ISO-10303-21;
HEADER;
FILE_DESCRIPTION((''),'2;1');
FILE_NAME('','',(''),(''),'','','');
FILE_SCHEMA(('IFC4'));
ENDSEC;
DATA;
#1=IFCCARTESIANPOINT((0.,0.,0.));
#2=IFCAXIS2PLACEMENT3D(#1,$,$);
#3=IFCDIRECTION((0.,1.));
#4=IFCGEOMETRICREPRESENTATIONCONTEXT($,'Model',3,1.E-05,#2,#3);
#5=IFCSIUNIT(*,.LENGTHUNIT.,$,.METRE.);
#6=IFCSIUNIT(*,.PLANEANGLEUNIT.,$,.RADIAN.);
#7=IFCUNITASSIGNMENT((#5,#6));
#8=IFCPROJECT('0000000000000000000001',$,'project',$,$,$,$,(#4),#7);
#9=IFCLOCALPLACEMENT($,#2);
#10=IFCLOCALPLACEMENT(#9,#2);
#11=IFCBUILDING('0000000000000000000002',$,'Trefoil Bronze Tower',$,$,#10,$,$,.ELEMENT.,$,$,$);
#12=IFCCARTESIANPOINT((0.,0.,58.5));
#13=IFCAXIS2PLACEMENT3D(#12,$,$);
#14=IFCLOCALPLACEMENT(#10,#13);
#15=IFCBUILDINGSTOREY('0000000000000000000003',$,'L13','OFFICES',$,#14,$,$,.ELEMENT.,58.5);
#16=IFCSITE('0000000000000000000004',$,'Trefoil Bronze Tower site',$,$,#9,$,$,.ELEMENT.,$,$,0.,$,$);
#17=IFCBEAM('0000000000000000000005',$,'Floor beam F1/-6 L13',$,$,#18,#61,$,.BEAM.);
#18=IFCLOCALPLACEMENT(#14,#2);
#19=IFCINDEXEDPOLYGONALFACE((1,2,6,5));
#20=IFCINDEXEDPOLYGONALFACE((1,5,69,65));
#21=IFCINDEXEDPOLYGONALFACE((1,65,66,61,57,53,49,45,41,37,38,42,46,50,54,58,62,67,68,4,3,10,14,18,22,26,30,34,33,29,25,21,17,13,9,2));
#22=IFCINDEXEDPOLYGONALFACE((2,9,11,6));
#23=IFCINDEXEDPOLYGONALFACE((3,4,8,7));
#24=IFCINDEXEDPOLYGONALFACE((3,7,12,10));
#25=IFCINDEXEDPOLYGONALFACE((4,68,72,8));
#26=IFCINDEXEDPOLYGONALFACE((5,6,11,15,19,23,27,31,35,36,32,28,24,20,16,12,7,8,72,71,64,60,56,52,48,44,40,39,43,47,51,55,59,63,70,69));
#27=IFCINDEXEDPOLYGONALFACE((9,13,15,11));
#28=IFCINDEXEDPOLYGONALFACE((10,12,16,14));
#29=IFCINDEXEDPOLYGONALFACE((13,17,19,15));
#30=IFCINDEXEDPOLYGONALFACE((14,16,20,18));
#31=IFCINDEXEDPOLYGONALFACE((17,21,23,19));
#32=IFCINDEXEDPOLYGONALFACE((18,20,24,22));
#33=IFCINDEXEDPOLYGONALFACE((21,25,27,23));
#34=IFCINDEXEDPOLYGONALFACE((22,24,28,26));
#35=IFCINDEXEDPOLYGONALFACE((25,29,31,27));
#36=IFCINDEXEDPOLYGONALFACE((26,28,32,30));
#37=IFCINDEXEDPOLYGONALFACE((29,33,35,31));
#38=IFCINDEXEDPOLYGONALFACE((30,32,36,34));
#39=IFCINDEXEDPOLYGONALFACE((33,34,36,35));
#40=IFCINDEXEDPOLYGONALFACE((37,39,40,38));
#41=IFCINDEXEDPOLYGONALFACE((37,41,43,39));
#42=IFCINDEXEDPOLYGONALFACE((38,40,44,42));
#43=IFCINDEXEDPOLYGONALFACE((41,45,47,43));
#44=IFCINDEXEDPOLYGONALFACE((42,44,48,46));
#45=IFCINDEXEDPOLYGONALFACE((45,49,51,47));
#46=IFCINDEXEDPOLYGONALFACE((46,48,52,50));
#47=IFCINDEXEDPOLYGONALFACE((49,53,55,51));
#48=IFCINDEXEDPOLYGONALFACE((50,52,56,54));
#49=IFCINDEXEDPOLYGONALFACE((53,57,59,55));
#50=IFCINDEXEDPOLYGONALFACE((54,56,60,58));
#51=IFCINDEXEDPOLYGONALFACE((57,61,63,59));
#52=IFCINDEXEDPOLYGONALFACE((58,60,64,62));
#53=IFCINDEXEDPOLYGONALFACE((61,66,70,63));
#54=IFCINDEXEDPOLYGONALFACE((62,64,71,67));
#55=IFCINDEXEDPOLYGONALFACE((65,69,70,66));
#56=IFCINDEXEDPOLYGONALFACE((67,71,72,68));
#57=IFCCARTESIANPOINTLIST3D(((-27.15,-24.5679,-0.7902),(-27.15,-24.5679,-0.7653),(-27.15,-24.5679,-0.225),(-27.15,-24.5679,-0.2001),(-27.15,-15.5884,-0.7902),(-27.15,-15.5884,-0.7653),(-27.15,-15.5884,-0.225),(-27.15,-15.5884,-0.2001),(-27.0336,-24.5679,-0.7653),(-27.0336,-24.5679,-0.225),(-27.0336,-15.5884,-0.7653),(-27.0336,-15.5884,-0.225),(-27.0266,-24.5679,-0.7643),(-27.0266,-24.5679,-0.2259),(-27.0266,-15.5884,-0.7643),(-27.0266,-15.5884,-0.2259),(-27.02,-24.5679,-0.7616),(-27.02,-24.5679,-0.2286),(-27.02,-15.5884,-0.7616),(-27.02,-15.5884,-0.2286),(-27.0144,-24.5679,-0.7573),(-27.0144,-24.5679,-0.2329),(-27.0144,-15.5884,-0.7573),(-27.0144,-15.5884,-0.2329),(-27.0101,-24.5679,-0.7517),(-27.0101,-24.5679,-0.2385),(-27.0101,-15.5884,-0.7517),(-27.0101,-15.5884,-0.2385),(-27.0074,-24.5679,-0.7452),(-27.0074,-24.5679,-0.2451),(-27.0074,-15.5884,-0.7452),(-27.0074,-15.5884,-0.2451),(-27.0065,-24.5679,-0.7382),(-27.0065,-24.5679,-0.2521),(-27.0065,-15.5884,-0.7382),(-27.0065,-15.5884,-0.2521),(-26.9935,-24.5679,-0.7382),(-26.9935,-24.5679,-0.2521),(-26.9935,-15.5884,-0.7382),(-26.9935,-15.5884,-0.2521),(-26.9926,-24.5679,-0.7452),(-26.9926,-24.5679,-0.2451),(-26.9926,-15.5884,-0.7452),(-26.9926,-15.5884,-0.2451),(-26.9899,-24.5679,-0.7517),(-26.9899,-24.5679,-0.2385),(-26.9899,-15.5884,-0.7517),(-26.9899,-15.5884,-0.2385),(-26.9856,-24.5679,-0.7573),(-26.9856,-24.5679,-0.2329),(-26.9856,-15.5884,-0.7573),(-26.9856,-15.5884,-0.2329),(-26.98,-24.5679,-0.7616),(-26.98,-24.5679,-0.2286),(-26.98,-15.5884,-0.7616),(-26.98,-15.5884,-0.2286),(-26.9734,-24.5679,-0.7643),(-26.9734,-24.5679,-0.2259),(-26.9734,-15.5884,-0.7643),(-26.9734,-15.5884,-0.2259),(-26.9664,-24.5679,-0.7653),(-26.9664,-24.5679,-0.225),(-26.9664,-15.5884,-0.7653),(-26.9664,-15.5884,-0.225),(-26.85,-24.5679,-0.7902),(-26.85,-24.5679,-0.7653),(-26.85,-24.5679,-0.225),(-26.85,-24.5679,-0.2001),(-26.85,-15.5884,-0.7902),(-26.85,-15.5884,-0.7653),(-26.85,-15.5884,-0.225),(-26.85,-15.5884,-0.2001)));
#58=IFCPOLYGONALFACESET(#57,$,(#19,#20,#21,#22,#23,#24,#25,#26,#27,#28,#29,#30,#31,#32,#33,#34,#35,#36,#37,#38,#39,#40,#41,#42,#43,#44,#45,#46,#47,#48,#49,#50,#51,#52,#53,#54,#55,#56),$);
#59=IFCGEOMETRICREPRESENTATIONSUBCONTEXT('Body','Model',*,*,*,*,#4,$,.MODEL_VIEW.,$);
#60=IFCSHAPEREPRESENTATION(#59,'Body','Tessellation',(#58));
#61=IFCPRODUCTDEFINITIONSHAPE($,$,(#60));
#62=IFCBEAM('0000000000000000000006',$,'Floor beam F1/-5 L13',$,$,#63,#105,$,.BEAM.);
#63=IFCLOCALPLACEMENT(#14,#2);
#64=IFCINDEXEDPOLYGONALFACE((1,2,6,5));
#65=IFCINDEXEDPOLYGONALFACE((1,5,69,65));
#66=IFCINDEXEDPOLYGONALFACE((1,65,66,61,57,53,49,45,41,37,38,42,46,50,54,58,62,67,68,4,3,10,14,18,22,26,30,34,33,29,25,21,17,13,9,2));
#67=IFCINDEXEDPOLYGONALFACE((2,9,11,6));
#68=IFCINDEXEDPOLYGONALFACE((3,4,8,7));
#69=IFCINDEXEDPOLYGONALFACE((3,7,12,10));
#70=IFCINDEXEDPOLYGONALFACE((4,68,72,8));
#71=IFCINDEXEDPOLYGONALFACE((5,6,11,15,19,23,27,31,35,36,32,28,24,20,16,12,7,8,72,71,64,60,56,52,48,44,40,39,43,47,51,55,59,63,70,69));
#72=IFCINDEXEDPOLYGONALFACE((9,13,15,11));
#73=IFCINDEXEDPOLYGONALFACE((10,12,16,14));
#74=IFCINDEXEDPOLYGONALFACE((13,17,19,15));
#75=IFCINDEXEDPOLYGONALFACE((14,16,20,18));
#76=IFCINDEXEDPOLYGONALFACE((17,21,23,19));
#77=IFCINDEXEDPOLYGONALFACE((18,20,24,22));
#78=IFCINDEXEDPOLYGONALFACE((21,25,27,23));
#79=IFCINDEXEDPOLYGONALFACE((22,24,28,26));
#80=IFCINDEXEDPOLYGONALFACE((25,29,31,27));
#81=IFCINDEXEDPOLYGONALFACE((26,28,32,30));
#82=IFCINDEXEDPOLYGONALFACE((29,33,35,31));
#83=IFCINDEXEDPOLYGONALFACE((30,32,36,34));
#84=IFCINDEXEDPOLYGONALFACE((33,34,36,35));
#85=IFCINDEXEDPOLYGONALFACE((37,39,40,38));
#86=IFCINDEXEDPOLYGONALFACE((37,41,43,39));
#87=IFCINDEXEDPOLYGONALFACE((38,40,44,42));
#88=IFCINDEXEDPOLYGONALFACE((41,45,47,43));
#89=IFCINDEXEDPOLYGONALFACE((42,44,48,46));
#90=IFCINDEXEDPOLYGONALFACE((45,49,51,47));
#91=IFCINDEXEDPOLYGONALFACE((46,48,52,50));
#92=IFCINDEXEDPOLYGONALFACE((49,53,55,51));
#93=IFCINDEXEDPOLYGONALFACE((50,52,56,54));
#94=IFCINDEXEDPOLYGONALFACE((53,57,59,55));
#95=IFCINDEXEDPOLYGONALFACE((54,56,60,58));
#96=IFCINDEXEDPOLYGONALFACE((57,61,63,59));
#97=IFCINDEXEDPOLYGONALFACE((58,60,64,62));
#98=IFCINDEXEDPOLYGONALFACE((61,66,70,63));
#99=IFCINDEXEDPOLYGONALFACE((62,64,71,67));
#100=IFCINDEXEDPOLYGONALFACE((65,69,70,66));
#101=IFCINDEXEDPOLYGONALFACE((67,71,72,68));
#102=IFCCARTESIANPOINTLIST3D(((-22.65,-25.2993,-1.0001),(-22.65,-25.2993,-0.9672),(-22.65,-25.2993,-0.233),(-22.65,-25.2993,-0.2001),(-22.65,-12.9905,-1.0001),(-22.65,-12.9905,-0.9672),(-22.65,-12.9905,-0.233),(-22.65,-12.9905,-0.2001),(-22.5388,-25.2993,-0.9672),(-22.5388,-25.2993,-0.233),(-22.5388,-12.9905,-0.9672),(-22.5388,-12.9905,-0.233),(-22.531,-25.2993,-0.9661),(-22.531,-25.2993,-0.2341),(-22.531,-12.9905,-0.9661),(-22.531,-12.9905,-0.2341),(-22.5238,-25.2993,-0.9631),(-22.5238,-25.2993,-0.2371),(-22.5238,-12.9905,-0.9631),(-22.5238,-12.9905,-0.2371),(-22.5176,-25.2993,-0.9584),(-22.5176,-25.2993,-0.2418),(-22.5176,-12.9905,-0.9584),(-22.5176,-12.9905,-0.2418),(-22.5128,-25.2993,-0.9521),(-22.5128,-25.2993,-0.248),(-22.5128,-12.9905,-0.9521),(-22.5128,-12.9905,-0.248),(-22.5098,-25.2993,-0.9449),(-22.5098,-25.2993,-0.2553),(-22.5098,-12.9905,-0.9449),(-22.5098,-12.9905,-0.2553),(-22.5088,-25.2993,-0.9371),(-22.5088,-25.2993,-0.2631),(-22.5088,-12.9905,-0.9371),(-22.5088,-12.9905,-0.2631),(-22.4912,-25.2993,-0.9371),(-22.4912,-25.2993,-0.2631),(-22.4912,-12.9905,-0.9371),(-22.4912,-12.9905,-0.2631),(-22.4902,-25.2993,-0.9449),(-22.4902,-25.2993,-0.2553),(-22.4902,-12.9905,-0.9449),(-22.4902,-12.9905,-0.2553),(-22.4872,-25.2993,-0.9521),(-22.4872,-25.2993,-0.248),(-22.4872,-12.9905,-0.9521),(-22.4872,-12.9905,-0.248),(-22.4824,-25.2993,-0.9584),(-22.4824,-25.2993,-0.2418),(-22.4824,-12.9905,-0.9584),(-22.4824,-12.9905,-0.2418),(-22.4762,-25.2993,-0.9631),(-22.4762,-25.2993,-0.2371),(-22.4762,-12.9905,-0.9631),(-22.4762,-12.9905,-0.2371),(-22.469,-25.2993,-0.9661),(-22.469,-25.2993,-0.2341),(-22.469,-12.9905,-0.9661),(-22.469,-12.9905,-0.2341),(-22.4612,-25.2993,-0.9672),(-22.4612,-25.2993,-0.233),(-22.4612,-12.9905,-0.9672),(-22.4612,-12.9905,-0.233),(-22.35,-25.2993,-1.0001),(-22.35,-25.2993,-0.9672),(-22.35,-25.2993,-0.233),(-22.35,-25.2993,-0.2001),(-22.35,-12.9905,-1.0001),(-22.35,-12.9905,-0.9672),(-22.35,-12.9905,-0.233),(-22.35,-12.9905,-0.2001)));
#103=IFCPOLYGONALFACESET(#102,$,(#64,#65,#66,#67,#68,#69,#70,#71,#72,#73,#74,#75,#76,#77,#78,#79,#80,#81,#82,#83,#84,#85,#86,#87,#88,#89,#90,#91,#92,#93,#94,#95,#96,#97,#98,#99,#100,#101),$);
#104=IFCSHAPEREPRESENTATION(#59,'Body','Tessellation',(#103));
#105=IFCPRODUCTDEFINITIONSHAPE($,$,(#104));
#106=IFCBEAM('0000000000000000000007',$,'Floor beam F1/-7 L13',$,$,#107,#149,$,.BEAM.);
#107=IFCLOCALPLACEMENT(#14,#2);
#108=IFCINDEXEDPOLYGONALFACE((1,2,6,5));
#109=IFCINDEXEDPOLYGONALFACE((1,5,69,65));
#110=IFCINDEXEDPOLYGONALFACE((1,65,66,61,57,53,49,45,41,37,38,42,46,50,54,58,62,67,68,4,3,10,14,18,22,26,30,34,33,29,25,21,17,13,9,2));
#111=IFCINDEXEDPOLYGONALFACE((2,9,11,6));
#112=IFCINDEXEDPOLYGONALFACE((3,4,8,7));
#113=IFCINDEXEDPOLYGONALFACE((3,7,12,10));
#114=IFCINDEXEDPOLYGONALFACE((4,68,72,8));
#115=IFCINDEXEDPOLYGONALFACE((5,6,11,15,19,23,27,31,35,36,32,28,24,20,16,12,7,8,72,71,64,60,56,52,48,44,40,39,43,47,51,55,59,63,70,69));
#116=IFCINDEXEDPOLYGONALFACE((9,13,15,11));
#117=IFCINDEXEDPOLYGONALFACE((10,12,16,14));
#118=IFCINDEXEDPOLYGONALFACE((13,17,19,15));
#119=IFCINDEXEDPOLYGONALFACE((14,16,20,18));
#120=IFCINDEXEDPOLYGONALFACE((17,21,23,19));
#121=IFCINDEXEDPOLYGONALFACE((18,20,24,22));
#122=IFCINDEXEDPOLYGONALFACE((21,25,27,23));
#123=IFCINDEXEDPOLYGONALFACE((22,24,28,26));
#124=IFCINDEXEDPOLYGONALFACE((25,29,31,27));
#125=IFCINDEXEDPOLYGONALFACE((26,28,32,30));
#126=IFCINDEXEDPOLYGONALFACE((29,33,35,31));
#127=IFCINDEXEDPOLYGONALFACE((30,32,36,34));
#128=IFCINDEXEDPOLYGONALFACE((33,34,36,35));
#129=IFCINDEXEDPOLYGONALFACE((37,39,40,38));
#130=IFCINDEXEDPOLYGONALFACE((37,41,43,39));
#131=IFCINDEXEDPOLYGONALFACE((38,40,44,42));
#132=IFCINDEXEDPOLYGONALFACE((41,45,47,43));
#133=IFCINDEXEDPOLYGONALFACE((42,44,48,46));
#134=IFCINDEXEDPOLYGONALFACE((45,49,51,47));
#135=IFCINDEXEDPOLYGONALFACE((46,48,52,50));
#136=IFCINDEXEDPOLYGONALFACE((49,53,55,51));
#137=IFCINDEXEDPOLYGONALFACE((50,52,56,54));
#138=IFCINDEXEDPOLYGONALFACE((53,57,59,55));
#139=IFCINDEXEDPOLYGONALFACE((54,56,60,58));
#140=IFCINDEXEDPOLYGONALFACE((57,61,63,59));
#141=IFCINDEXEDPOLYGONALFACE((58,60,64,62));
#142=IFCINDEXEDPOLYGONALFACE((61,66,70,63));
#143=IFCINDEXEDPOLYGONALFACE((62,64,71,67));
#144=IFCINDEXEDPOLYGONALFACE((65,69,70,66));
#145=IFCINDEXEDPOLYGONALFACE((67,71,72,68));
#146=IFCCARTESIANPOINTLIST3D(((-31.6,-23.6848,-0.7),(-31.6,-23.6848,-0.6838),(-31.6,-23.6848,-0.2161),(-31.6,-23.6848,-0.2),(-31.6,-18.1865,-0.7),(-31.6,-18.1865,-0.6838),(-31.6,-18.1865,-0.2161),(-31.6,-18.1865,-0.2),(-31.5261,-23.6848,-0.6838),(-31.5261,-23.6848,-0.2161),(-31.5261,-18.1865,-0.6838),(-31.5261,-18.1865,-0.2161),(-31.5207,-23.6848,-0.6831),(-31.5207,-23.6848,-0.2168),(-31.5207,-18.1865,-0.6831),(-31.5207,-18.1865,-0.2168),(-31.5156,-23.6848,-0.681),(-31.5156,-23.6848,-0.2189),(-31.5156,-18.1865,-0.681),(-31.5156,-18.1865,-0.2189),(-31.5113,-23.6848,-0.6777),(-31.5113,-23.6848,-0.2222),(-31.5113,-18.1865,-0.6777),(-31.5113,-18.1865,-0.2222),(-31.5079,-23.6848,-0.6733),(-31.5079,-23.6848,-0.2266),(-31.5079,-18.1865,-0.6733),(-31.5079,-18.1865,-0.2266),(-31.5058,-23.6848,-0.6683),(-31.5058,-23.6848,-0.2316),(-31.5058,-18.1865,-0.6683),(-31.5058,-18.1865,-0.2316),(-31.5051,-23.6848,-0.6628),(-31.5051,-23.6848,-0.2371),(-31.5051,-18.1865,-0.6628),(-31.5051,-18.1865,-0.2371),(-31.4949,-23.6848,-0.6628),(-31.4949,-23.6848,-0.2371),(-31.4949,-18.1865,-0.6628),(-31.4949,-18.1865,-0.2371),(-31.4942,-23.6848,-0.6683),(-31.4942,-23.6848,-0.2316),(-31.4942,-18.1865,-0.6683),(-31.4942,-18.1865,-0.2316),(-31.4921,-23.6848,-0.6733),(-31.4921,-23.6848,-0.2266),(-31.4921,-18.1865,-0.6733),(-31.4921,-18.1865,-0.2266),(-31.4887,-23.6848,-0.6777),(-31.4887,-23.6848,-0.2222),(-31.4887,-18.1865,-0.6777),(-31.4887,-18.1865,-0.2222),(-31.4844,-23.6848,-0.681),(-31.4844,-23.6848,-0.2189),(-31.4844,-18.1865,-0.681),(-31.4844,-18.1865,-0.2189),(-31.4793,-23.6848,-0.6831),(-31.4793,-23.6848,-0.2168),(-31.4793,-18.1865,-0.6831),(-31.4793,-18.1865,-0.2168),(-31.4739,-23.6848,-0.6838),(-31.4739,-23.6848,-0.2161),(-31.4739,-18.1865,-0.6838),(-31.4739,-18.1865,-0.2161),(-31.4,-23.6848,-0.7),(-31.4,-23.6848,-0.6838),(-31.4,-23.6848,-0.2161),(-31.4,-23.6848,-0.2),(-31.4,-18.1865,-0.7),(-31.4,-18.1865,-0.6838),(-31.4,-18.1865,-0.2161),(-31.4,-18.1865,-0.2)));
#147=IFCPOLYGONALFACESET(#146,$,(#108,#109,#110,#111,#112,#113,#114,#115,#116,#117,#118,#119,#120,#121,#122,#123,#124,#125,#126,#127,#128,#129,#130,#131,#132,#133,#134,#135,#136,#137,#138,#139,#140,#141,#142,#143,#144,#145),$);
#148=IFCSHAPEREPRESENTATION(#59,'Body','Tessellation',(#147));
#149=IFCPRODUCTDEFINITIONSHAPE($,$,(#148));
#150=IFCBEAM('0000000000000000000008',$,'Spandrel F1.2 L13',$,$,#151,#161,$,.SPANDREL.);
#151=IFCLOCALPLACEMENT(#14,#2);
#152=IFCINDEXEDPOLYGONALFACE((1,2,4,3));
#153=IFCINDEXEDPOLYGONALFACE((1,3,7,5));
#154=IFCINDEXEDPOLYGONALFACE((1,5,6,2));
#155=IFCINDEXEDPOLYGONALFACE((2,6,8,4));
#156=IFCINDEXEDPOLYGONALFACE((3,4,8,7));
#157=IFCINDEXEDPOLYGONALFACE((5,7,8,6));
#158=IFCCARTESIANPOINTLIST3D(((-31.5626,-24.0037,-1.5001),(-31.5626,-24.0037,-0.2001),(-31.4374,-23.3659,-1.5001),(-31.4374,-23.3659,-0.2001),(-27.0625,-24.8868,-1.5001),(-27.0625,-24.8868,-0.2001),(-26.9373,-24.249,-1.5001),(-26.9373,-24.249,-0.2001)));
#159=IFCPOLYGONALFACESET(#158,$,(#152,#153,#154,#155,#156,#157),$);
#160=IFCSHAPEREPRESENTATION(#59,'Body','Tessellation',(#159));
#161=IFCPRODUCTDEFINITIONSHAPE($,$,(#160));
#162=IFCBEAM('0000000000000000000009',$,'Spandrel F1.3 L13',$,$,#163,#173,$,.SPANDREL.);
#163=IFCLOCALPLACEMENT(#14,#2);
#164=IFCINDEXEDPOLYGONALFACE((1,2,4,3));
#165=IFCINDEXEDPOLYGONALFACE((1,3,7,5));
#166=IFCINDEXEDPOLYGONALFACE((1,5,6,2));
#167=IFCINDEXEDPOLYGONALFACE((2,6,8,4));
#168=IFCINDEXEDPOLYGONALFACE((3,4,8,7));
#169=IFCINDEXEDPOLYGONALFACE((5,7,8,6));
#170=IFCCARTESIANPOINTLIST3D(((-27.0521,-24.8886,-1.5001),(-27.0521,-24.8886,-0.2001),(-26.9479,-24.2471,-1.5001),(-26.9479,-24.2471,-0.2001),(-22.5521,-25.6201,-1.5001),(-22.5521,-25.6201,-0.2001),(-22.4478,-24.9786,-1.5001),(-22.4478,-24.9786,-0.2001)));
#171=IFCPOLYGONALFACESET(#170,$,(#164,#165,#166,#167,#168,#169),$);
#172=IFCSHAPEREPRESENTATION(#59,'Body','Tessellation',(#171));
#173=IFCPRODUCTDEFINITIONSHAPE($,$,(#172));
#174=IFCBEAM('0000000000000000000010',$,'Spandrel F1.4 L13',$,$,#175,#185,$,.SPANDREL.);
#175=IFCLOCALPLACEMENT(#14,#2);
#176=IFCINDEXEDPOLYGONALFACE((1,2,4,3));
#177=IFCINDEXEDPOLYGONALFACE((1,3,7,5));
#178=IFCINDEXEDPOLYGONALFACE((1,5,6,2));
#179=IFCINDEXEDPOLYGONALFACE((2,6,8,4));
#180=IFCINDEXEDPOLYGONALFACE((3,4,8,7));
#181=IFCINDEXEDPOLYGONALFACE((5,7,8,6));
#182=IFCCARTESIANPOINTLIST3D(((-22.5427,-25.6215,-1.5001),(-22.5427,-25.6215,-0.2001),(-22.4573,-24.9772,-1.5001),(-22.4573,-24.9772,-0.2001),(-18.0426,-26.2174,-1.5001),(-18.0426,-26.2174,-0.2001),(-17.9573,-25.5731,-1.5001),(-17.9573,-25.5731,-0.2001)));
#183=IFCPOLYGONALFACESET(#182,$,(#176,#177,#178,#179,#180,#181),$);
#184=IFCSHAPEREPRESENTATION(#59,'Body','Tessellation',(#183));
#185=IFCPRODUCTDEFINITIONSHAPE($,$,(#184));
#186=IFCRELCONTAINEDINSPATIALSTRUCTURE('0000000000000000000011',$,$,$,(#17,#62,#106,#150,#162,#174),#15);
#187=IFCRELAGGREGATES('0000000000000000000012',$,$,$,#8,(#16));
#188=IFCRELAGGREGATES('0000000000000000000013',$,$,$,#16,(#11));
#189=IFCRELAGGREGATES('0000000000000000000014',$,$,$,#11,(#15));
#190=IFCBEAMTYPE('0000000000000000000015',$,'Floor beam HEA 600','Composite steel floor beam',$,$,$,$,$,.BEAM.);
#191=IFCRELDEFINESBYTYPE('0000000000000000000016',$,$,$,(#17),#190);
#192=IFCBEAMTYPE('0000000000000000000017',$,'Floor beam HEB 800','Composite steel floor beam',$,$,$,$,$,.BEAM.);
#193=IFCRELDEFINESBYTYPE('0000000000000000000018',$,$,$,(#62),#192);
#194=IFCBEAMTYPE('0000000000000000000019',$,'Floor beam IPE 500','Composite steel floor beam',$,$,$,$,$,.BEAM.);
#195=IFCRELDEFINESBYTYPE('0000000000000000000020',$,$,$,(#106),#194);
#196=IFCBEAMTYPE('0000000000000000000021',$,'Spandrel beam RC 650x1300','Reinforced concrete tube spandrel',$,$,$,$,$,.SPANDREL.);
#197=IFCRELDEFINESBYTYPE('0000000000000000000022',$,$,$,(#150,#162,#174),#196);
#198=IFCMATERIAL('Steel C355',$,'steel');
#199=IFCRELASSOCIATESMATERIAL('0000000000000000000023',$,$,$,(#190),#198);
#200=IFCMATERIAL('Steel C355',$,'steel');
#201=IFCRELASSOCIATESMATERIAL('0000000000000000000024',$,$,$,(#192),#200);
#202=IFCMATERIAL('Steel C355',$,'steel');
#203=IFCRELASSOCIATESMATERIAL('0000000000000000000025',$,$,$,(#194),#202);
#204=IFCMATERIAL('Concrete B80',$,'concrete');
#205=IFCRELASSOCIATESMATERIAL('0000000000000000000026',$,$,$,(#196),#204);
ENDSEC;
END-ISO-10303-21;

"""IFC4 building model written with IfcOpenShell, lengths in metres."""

from ifc_helpers import new_model, si_unit, direction, frame, origin, origin_2d, place, context, subcontext, project, spatial, rectangle, i_section, extrude, material, material_profile, profile_set, type_object, element, save


model = new_model("IFC4")

# Units and contexts
model_context = context("Model", 3, precision=1e-05, world=origin(), true_north=direction((0.0, 1.0)))
body_context = subcontext(model_context, "Body", "Model", "MODEL_VIEW")
ifc_project = project(units=[si_unit("LENGTHUNIT", "METRE"), si_unit("PLANEANGLEUNIT", "RADIAN")], contexts=[model_context])

# Site, building, storey
site_placement = place(None, origin())
site = spatial("IfcSite", under=ifc_project, at=site_placement, Name="Trefoil Bronze Tower site", CompositionType="ELEMENT", RefElevation=0.0)
building_placement = place(site_placement, origin())
building = spatial("IfcBuilding", under=site, at=building_placement, Name="Trefoil Bronze Tower", CompositionType="ELEMENT")
storey_placement = place(building_placement, frame((0.0, 0.0, 58.5)))
storey = spatial("IfcBuildingStorey", under=building, at=storey_placement, Name="L13", Description="OFFICES", CompositionType="ELEMENT", Elevation=58.5)

# Beams
ifc_material_1 = material(Name="Steel C355", Category="steel")
ifc_material_profile_1 = material_profile(ifc_material_1, i_section(OverallWidth=0.3, OverallDepth=0.5901, WebThickness=0.0129, FlangeThickness=0.0249, FilletRadius=0.0271, at=origin_2d()), Name="HEA 600")
ifc_profile_set_1 = profile_set([ifc_material_profile_1], Name="Steel C355")
beam_type_1 = type_object("IfcBeamType", Name="Floor beam HEA 600", Description="Composite steel floor beam", PredefinedType="BEAM", material=ifc_profile_set_1)
beam_1_placement = place(storey_placement, frame((-27.0, -24.5679, -0.4951), z_axis=(0.0, 1.0, 0.0), x_axis=(-1.0, 0.0, 0.0)))
element("IfcBeam", 1, at=beam_1_placement, inside=storey, type_object=beam_type_1, Name="Floor beam F1/-6 L13", PredefinedType="BEAM", context=body_context, shape_type="SweptSolid", body=[
    extrude(i_section(OverallWidth=0.3, OverallDepth=0.5901, WebThickness=0.0129, FlangeThickness=0.0249, FilletRadius=0.0271, at=origin_2d()), origin(), (0.0, 0.0, 1.0), 8.9795),
])
ifc_material_2 = material(Name="Steel C355", Category="steel")
ifc_material_profile_2 = material_profile(ifc_material_2, i_section(OverallWidth=0.3, OverallDepth=0.8, WebThickness=0.0176, FlangeThickness=0.033, FilletRadius=0.03, at=origin_2d()), Name="HEB 800")
ifc_profile_set_2 = profile_set([ifc_material_profile_2], Name="Steel C355")
beam_type_2 = type_object("IfcBeamType", Name="Floor beam HEB 800", Description="Composite steel floor beam", PredefinedType="BEAM", material=ifc_profile_set_2)
beam_2_placement = place(storey_placement, frame((-22.5, -25.2993, -0.6001), z_axis=(0.0, 1.0, 0.0), x_axis=(-1.0, 0.0, 0.0)))
element("IfcBeam", 2, at=beam_2_placement, inside=storey, type_object=beam_type_2, Name="Floor beam F1/-5 L13", PredefinedType="BEAM", context=body_context, shape_type="SweptSolid", body=[
    extrude(i_section(OverallWidth=0.3, OverallDepth=0.8, WebThickness=0.0176, FlangeThickness=0.033, FilletRadius=0.03, at=origin_2d()), origin(), (0.0, 0.0, 1.0), 12.3088),
])
ifc_material_3 = material(Name="Steel C355", Category="steel")
ifc_material_profile_3 = material_profile(ifc_material_3, i_section(OverallWidth=0.2, OverallDepth=0.5, WebThickness=0.0103, FlangeThickness=0.0161, FilletRadius=0.021, at=origin_2d()), Name="IPE 500")
ifc_profile_set_3 = profile_set([ifc_material_profile_3], Name="Steel C355")
beam_type_3 = type_object("IfcBeamType", Name="Floor beam IPE 500", Description="Composite steel floor beam", PredefinedType="BEAM", material=ifc_profile_set_3)
beam_3_placement = place(storey_placement, frame((-31.5, -23.6848, -0.45), z_axis=(0.0, 1.0, 0.0), x_axis=(-1.0, 0.0, 0.0)))
element("IfcBeam", 3, at=beam_3_placement, inside=storey, type_object=beam_type_3, Name="Floor beam F1/-7 L13", PredefinedType="BEAM", context=body_context, shape_type="SweptSolid", body=[
    extrude(i_section(OverallWidth=0.2, OverallDepth=0.5, WebThickness=0.0103, FlangeThickness=0.0161, FilletRadius=0.021, at=origin_2d()), origin(), (0.0, 0.0, 1.0), 5.4983),
])
ifc_material_4 = material(Name="Concrete B80", Category="concrete")
ifc_material_profile_4 = material_profile(ifc_material_4, rectangle(XDim=0.6499, YDim=1.3, at=origin_2d()), Name="RC 650x1300")
ifc_profile_set_4 = profile_set([ifc_material_profile_4], Name="Concrete B80")
beam_type_4 = type_object("IfcBeamType", Name="Spandrel beam RC 650x1300", Description="Reinforced concrete tube spandrel", PredefinedType="SPANDREL", material=ifc_profile_set_4)
beam_4_placement = place(storey_placement, frame((-31.5, -23.6848, -0.8501), z_axis=(0.981285, -0.192562, 0.0), x_axis=(0.192562, 0.981285, 0.0)))
element("IfcBeam", 4, at=beam_4_placement, inside=storey, type_object=beam_type_4, Name="Spandrel F1.2 L13", PredefinedType="SPANDREL", context=body_context, shape_type="SweptSolid", body=[
    extrude(rectangle(XDim=0.6499, YDim=1.3, at=origin_2d()), origin(), (0.0, 0.0, 1.0), 4.5859),
])
beam_5_placement = place(storey_placement, frame((-27.0, -24.5679, -0.8501), z_axis=(0.987046, -0.160438, 0.0), x_axis=(0.160438, 0.987046, 0.0)))
element("IfcBeam", 5, at=beam_5_placement, inside=storey, type_object=beam_type_4, Name="Spandrel F1.3 L13", PredefinedType="SPANDREL", context=body_context, shape_type="SweptSolid", body=[
    extrude(rectangle(XDim=0.6499, YDim=1.3, at=origin_2d()), origin(), (0.0, 0.0, 1.0), 4.5591),
])
beam_6_placement = place(storey_placement, frame((-22.5, -25.2993, -0.8501), z_axis=(0.991344, -0.131286, 0.0), x_axis=(0.131286, 0.991344, 0.0)))
element("IfcBeam", 6, at=beam_6_placement, inside=storey, type_object=beam_type_4, Name="Spandrel F1.4 L13", PredefinedType="SPANDREL", context=body_context, shape_type="SweptSolid", body=[
    extrude(rectangle(XDim=0.6499, YDim=1.3, at=origin_2d()), origin(), (0.0, 0.0, 1.0), 4.5393),
])

save(model, "model.ifc")
